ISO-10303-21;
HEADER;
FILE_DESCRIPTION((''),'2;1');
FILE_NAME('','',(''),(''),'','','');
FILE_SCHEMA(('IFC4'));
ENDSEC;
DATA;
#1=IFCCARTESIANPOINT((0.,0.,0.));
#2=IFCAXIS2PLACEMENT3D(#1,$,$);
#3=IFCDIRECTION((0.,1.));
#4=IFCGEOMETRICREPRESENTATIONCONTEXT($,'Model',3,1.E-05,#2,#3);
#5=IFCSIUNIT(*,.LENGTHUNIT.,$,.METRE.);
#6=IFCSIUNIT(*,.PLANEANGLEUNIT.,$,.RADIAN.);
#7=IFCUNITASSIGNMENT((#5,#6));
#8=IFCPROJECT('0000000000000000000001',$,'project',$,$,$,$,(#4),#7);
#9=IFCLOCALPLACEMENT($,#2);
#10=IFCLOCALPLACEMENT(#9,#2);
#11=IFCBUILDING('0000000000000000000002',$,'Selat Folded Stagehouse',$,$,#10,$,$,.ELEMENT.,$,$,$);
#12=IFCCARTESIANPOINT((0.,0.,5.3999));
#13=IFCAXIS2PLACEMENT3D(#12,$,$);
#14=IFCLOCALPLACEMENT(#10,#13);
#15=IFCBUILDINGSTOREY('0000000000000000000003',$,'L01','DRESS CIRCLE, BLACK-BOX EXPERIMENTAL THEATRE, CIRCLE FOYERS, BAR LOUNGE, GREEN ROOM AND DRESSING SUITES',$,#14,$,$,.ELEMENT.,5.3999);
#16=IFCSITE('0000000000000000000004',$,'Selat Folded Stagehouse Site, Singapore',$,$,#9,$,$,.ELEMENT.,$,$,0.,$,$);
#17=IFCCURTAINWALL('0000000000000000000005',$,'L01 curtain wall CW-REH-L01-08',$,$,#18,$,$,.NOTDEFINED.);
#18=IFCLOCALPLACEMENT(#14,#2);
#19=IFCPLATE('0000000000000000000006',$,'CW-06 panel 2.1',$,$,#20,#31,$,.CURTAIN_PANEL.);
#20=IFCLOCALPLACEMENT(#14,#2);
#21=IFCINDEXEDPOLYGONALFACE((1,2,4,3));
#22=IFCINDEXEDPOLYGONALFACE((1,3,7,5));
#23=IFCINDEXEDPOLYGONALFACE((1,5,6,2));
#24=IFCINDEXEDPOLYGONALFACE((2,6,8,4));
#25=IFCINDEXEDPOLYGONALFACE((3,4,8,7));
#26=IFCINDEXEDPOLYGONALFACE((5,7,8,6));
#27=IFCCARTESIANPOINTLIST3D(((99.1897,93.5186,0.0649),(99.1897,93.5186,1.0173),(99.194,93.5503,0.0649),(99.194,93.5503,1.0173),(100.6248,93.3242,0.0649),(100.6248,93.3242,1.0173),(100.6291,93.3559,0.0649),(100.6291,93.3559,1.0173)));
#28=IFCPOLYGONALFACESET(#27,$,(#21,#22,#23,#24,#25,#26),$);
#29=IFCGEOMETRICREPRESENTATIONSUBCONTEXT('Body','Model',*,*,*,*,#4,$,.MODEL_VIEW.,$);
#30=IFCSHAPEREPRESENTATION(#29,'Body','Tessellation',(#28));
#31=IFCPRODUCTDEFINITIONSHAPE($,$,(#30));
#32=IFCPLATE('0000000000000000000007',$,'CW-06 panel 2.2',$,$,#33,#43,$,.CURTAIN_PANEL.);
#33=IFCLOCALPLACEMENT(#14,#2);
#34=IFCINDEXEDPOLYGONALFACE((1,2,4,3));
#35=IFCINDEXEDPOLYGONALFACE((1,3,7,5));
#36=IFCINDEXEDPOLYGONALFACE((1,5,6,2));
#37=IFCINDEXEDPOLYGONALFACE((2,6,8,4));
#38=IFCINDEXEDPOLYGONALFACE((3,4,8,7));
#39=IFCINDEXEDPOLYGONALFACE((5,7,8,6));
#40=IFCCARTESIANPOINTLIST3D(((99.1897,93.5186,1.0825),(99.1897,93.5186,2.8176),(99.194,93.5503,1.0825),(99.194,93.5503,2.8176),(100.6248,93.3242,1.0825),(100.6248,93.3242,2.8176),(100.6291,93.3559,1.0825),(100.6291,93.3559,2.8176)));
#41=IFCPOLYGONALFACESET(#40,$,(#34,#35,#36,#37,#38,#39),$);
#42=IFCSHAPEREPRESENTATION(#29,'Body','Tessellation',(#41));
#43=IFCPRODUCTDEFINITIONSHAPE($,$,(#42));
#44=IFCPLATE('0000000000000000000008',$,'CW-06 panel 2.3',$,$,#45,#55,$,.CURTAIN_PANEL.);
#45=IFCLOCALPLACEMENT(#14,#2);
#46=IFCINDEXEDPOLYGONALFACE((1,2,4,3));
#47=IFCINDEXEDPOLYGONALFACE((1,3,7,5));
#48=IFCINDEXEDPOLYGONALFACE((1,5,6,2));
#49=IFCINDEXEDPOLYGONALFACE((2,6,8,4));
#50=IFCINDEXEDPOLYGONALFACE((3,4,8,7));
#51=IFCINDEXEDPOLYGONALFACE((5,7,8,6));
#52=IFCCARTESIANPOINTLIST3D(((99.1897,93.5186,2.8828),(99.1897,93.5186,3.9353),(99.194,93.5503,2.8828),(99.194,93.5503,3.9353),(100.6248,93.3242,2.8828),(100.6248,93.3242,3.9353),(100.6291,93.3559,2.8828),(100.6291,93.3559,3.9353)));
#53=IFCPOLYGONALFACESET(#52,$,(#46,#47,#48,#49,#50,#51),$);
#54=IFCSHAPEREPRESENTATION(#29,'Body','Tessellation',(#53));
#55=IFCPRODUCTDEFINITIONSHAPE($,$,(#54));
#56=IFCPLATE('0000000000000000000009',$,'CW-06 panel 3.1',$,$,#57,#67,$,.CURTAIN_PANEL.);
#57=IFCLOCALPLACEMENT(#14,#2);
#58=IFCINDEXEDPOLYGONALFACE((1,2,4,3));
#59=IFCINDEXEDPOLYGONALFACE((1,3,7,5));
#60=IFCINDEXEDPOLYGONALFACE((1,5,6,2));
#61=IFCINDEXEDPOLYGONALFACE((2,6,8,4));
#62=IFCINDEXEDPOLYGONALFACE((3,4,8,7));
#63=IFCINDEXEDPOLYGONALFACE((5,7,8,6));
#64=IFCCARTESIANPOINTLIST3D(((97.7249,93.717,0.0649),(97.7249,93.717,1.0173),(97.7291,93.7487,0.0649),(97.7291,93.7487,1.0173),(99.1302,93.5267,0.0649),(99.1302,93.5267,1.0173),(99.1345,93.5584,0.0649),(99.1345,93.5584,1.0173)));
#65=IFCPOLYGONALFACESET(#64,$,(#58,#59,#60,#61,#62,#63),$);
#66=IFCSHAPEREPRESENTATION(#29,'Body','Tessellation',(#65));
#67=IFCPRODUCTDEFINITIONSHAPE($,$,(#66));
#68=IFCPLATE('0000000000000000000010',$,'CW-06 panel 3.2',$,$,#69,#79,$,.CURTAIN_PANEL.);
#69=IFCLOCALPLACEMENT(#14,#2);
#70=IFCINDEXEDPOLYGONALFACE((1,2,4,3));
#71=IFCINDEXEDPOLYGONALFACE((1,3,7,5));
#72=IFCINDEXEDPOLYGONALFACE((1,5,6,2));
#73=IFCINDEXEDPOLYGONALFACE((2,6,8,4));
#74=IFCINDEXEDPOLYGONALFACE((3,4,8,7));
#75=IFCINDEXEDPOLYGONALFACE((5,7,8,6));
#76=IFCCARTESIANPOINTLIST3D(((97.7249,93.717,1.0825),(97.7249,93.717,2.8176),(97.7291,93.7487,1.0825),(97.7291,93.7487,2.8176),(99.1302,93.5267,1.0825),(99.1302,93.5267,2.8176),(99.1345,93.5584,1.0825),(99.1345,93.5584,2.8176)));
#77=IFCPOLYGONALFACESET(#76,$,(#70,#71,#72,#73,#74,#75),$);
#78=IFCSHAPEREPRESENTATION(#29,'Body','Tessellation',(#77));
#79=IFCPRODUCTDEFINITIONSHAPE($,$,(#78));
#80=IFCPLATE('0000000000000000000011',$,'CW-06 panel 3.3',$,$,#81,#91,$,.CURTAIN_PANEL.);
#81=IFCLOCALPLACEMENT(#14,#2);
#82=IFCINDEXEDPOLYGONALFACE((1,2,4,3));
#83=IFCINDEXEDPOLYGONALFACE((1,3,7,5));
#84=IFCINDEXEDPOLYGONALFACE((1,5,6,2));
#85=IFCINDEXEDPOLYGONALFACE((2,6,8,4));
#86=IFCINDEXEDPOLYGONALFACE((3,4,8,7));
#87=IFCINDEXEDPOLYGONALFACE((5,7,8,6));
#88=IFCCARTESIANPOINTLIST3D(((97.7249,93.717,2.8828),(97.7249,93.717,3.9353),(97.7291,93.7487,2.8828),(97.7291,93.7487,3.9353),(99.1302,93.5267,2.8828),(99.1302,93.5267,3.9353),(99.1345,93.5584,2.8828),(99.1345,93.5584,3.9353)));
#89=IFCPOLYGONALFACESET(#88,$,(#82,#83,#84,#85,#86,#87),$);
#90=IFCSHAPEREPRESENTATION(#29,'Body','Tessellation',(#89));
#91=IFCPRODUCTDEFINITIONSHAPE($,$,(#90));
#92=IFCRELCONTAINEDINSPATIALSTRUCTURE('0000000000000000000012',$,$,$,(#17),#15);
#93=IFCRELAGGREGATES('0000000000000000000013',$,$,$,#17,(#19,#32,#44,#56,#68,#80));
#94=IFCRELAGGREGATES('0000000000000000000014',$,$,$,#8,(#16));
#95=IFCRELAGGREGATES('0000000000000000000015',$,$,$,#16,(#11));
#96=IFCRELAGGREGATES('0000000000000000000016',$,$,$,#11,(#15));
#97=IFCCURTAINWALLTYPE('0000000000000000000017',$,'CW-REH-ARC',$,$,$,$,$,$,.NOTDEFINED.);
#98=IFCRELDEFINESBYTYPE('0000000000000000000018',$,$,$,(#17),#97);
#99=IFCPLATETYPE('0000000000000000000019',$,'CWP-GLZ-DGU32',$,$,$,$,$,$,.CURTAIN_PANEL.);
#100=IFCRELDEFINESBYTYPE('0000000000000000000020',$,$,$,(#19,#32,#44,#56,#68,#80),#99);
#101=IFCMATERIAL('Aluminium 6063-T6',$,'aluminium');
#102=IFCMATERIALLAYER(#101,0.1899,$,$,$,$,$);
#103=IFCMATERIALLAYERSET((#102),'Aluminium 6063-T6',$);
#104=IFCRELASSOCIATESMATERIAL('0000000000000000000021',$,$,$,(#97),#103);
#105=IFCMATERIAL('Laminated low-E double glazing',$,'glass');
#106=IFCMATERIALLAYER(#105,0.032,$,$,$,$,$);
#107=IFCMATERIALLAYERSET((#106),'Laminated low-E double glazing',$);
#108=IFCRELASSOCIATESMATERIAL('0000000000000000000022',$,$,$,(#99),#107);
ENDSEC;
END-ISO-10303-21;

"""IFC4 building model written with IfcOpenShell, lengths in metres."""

from ifc_helpers import new_model, si_unit, direction, frame, origin, origin_2d, place, context, subcontext, project, spatial, rectangle, extrude, material, layer, layer_set, type_object, element, aggregate, save


model = new_model("IFC4")

# Units and contexts
model_context = context("Model", 3, precision=1e-05, world=origin(), true_north=direction((0.0, 1.0)))
body_context = subcontext(model_context, "Body", "Model", "MODEL_VIEW")
ifc_project = project(units=[si_unit("LENGTHUNIT", "METRE"), si_unit("PLANEANGLEUNIT", "RADIAN")], contexts=[model_context])

# Site, building, storey
site_placement = place(None, origin())
site = spatial("IfcSite", under=ifc_project, at=site_placement, Name="Selat Folded Stagehouse Site, Singapore", CompositionType="ELEMENT", RefElevation=0.0)
building_placement = place(site_placement, origin())
building = spatial("IfcBuilding", under=site, at=building_placement, Name="Selat Folded Stagehouse", CompositionType="ELEMENT")
storey_placement = place(building_placement, frame((0.0, 0.0, 5.3999)))
storey = spatial("IfcBuildingStorey", under=building, at=storey_placement, Name="L01", Description="DRESS CIRCLE, BLACK-BOX EXPERIMENTAL THEATRE, CIRCLE FOYERS, BAR LOUNGE, GREEN ROOM AND DRESSING SUITES", CompositionType="ELEMENT", Elevation=5.3999)

# Curtain wall
ifc_material_1 = material(Name="Aluminium 6063-T6", Category="aluminium")
ifc_layer_1 = layer(ifc_material_1, 0.1899)
ifc_layer_set_1 = layer_set([ifc_layer_1], Name="Aluminium 6063-T6")
curtain_wall_type = type_object("IfcCurtainWallType", Name="CW-REH-ARC", PredefinedType="NOTDEFINED", material=ifc_layer_set_1)
curtain_wall_placement = place(storey_placement, origin())
curtain_wall = element("IfcCurtainWall", 1, at=curtain_wall_placement, inside=storey, type_object=curtain_wall_type, Name="L01 curtain wall CW-REH-L01-08", PredefinedType="NOTDEFINED")

# Plates
ifc_material_2 = material(Name="Laminated low-E double glazing", Category="glass")
ifc_layer_2 = layer(ifc_material_2, 0.032)
ifc_layer_set_2 = layer_set([ifc_layer_2], Name="Laminated low-E double glazing")
plate_type = type_object("IfcPlateType", Name="CWP-GLZ-DGU32", PredefinedType="CURTAIN_PANEL", material=ifc_layer_set_2)
plate_1_placement = place(storey_placement, frame((99.9094, 93.4373, 0.0649), z_axis=(0.0, 0.0, 1.0), x_axis=(-0.990953, 0.134212, 0.0)))
plate_1 = element("IfcPlate", 2, at=plate_1_placement, type_object=plate_type, Name="CW-06 panel 2.1", PredefinedType="CURTAIN_PANEL", context=body_context, shape_type="SweptSolid", body=[
    extrude(rectangle(XDim=1.4482, YDim=0.032, at=origin_2d()), origin(), (0.0, 0.0, 1.0), 0.9524),
])
plate_2_placement = place(storey_placement, frame((99.9094, 93.4373, 1.0825), z_axis=(0.0, 0.0, 1.0), x_axis=(-0.990953, 0.134212, 0.0)))
plate_2 = element("IfcPlate", 3, at=plate_2_placement, type_object=plate_type, Name="CW-06 panel 2.2", PredefinedType="CURTAIN_PANEL", context=body_context, shape_type="SweptSolid", body=[
    extrude(rectangle(XDim=1.4482, YDim=0.032, at=origin_2d()), origin(), (0.0, 0.0, 1.0), 1.7351),
])
plate_3_placement = place(storey_placement, frame((99.9094, 93.4373, 2.8828), z_axis=(0.0, 0.0, 1.0), x_axis=(-0.990953, 0.134212, 0.0)))
plate_3 = element("IfcPlate", 4, at=plate_3_placement, type_object=plate_type, Name="CW-06 panel 2.3", PredefinedType="CURTAIN_PANEL", context=body_context, shape_type="SweptSolid", body=[
    extrude(rectangle(XDim=1.4482, YDim=0.032, at=origin_2d()), origin(), (0.0, 0.0, 1.0), 1.0525),
])
plate_4_placement = place(storey_placement, frame((98.4297, 93.6377, 0.0649), z_axis=(0.0, 0.0, 1.0), x_axis=(-0.990953, 0.134212, 0.0)))
plate_4 = element("IfcPlate", 5, at=plate_4_placement, type_object=plate_type, Name="CW-06 panel 3.1", PredefinedType="CURTAIN_PANEL", context=body_context, shape_type="SweptSolid", body=[
    extrude(rectangle(XDim=1.4182, YDim=0.032, at=origin_2d()), origin(), (0.0, 0.0, 1.0), 0.9524),
])
plate_5_placement = place(storey_placement, frame((98.4297, 93.6377, 1.0825), z_axis=(0.0, 0.0, 1.0), x_axis=(-0.990953, 0.134212, 0.0)))
plate_5 = element("IfcPlate", 6, at=plate_5_placement, type_object=plate_type, Name="CW-06 panel 3.2", PredefinedType="CURTAIN_PANEL", context=body_context, shape_type="SweptSolid", body=[
    extrude(rectangle(XDim=1.4182, YDim=0.032, at=origin_2d()), origin(), (0.0, 0.0, 1.0), 1.7351),
])
plate_6_placement = place(storey_placement, frame((98.4297, 93.6377, 2.8828), z_axis=(0.0, 0.0, 1.0), x_axis=(-0.990953, 0.134212, 0.0)))
plate_6 = element("IfcPlate", 7, at=plate_6_placement, type_object=plate_type, Name="CW-06 panel 3.3", PredefinedType="CURTAIN_PANEL", context=body_context, shape_type="SweptSolid", body=[
    extrude(rectangle(XDim=1.4182, YDim=0.032, at=origin_2d()), origin(), (0.0, 0.0, 1.0), 1.0525),
])
aggregate(curtain_wall, [plate_1, plate_2, plate_3, plate_4, plate_5, plate_6])

save(model, "model.ifc")
